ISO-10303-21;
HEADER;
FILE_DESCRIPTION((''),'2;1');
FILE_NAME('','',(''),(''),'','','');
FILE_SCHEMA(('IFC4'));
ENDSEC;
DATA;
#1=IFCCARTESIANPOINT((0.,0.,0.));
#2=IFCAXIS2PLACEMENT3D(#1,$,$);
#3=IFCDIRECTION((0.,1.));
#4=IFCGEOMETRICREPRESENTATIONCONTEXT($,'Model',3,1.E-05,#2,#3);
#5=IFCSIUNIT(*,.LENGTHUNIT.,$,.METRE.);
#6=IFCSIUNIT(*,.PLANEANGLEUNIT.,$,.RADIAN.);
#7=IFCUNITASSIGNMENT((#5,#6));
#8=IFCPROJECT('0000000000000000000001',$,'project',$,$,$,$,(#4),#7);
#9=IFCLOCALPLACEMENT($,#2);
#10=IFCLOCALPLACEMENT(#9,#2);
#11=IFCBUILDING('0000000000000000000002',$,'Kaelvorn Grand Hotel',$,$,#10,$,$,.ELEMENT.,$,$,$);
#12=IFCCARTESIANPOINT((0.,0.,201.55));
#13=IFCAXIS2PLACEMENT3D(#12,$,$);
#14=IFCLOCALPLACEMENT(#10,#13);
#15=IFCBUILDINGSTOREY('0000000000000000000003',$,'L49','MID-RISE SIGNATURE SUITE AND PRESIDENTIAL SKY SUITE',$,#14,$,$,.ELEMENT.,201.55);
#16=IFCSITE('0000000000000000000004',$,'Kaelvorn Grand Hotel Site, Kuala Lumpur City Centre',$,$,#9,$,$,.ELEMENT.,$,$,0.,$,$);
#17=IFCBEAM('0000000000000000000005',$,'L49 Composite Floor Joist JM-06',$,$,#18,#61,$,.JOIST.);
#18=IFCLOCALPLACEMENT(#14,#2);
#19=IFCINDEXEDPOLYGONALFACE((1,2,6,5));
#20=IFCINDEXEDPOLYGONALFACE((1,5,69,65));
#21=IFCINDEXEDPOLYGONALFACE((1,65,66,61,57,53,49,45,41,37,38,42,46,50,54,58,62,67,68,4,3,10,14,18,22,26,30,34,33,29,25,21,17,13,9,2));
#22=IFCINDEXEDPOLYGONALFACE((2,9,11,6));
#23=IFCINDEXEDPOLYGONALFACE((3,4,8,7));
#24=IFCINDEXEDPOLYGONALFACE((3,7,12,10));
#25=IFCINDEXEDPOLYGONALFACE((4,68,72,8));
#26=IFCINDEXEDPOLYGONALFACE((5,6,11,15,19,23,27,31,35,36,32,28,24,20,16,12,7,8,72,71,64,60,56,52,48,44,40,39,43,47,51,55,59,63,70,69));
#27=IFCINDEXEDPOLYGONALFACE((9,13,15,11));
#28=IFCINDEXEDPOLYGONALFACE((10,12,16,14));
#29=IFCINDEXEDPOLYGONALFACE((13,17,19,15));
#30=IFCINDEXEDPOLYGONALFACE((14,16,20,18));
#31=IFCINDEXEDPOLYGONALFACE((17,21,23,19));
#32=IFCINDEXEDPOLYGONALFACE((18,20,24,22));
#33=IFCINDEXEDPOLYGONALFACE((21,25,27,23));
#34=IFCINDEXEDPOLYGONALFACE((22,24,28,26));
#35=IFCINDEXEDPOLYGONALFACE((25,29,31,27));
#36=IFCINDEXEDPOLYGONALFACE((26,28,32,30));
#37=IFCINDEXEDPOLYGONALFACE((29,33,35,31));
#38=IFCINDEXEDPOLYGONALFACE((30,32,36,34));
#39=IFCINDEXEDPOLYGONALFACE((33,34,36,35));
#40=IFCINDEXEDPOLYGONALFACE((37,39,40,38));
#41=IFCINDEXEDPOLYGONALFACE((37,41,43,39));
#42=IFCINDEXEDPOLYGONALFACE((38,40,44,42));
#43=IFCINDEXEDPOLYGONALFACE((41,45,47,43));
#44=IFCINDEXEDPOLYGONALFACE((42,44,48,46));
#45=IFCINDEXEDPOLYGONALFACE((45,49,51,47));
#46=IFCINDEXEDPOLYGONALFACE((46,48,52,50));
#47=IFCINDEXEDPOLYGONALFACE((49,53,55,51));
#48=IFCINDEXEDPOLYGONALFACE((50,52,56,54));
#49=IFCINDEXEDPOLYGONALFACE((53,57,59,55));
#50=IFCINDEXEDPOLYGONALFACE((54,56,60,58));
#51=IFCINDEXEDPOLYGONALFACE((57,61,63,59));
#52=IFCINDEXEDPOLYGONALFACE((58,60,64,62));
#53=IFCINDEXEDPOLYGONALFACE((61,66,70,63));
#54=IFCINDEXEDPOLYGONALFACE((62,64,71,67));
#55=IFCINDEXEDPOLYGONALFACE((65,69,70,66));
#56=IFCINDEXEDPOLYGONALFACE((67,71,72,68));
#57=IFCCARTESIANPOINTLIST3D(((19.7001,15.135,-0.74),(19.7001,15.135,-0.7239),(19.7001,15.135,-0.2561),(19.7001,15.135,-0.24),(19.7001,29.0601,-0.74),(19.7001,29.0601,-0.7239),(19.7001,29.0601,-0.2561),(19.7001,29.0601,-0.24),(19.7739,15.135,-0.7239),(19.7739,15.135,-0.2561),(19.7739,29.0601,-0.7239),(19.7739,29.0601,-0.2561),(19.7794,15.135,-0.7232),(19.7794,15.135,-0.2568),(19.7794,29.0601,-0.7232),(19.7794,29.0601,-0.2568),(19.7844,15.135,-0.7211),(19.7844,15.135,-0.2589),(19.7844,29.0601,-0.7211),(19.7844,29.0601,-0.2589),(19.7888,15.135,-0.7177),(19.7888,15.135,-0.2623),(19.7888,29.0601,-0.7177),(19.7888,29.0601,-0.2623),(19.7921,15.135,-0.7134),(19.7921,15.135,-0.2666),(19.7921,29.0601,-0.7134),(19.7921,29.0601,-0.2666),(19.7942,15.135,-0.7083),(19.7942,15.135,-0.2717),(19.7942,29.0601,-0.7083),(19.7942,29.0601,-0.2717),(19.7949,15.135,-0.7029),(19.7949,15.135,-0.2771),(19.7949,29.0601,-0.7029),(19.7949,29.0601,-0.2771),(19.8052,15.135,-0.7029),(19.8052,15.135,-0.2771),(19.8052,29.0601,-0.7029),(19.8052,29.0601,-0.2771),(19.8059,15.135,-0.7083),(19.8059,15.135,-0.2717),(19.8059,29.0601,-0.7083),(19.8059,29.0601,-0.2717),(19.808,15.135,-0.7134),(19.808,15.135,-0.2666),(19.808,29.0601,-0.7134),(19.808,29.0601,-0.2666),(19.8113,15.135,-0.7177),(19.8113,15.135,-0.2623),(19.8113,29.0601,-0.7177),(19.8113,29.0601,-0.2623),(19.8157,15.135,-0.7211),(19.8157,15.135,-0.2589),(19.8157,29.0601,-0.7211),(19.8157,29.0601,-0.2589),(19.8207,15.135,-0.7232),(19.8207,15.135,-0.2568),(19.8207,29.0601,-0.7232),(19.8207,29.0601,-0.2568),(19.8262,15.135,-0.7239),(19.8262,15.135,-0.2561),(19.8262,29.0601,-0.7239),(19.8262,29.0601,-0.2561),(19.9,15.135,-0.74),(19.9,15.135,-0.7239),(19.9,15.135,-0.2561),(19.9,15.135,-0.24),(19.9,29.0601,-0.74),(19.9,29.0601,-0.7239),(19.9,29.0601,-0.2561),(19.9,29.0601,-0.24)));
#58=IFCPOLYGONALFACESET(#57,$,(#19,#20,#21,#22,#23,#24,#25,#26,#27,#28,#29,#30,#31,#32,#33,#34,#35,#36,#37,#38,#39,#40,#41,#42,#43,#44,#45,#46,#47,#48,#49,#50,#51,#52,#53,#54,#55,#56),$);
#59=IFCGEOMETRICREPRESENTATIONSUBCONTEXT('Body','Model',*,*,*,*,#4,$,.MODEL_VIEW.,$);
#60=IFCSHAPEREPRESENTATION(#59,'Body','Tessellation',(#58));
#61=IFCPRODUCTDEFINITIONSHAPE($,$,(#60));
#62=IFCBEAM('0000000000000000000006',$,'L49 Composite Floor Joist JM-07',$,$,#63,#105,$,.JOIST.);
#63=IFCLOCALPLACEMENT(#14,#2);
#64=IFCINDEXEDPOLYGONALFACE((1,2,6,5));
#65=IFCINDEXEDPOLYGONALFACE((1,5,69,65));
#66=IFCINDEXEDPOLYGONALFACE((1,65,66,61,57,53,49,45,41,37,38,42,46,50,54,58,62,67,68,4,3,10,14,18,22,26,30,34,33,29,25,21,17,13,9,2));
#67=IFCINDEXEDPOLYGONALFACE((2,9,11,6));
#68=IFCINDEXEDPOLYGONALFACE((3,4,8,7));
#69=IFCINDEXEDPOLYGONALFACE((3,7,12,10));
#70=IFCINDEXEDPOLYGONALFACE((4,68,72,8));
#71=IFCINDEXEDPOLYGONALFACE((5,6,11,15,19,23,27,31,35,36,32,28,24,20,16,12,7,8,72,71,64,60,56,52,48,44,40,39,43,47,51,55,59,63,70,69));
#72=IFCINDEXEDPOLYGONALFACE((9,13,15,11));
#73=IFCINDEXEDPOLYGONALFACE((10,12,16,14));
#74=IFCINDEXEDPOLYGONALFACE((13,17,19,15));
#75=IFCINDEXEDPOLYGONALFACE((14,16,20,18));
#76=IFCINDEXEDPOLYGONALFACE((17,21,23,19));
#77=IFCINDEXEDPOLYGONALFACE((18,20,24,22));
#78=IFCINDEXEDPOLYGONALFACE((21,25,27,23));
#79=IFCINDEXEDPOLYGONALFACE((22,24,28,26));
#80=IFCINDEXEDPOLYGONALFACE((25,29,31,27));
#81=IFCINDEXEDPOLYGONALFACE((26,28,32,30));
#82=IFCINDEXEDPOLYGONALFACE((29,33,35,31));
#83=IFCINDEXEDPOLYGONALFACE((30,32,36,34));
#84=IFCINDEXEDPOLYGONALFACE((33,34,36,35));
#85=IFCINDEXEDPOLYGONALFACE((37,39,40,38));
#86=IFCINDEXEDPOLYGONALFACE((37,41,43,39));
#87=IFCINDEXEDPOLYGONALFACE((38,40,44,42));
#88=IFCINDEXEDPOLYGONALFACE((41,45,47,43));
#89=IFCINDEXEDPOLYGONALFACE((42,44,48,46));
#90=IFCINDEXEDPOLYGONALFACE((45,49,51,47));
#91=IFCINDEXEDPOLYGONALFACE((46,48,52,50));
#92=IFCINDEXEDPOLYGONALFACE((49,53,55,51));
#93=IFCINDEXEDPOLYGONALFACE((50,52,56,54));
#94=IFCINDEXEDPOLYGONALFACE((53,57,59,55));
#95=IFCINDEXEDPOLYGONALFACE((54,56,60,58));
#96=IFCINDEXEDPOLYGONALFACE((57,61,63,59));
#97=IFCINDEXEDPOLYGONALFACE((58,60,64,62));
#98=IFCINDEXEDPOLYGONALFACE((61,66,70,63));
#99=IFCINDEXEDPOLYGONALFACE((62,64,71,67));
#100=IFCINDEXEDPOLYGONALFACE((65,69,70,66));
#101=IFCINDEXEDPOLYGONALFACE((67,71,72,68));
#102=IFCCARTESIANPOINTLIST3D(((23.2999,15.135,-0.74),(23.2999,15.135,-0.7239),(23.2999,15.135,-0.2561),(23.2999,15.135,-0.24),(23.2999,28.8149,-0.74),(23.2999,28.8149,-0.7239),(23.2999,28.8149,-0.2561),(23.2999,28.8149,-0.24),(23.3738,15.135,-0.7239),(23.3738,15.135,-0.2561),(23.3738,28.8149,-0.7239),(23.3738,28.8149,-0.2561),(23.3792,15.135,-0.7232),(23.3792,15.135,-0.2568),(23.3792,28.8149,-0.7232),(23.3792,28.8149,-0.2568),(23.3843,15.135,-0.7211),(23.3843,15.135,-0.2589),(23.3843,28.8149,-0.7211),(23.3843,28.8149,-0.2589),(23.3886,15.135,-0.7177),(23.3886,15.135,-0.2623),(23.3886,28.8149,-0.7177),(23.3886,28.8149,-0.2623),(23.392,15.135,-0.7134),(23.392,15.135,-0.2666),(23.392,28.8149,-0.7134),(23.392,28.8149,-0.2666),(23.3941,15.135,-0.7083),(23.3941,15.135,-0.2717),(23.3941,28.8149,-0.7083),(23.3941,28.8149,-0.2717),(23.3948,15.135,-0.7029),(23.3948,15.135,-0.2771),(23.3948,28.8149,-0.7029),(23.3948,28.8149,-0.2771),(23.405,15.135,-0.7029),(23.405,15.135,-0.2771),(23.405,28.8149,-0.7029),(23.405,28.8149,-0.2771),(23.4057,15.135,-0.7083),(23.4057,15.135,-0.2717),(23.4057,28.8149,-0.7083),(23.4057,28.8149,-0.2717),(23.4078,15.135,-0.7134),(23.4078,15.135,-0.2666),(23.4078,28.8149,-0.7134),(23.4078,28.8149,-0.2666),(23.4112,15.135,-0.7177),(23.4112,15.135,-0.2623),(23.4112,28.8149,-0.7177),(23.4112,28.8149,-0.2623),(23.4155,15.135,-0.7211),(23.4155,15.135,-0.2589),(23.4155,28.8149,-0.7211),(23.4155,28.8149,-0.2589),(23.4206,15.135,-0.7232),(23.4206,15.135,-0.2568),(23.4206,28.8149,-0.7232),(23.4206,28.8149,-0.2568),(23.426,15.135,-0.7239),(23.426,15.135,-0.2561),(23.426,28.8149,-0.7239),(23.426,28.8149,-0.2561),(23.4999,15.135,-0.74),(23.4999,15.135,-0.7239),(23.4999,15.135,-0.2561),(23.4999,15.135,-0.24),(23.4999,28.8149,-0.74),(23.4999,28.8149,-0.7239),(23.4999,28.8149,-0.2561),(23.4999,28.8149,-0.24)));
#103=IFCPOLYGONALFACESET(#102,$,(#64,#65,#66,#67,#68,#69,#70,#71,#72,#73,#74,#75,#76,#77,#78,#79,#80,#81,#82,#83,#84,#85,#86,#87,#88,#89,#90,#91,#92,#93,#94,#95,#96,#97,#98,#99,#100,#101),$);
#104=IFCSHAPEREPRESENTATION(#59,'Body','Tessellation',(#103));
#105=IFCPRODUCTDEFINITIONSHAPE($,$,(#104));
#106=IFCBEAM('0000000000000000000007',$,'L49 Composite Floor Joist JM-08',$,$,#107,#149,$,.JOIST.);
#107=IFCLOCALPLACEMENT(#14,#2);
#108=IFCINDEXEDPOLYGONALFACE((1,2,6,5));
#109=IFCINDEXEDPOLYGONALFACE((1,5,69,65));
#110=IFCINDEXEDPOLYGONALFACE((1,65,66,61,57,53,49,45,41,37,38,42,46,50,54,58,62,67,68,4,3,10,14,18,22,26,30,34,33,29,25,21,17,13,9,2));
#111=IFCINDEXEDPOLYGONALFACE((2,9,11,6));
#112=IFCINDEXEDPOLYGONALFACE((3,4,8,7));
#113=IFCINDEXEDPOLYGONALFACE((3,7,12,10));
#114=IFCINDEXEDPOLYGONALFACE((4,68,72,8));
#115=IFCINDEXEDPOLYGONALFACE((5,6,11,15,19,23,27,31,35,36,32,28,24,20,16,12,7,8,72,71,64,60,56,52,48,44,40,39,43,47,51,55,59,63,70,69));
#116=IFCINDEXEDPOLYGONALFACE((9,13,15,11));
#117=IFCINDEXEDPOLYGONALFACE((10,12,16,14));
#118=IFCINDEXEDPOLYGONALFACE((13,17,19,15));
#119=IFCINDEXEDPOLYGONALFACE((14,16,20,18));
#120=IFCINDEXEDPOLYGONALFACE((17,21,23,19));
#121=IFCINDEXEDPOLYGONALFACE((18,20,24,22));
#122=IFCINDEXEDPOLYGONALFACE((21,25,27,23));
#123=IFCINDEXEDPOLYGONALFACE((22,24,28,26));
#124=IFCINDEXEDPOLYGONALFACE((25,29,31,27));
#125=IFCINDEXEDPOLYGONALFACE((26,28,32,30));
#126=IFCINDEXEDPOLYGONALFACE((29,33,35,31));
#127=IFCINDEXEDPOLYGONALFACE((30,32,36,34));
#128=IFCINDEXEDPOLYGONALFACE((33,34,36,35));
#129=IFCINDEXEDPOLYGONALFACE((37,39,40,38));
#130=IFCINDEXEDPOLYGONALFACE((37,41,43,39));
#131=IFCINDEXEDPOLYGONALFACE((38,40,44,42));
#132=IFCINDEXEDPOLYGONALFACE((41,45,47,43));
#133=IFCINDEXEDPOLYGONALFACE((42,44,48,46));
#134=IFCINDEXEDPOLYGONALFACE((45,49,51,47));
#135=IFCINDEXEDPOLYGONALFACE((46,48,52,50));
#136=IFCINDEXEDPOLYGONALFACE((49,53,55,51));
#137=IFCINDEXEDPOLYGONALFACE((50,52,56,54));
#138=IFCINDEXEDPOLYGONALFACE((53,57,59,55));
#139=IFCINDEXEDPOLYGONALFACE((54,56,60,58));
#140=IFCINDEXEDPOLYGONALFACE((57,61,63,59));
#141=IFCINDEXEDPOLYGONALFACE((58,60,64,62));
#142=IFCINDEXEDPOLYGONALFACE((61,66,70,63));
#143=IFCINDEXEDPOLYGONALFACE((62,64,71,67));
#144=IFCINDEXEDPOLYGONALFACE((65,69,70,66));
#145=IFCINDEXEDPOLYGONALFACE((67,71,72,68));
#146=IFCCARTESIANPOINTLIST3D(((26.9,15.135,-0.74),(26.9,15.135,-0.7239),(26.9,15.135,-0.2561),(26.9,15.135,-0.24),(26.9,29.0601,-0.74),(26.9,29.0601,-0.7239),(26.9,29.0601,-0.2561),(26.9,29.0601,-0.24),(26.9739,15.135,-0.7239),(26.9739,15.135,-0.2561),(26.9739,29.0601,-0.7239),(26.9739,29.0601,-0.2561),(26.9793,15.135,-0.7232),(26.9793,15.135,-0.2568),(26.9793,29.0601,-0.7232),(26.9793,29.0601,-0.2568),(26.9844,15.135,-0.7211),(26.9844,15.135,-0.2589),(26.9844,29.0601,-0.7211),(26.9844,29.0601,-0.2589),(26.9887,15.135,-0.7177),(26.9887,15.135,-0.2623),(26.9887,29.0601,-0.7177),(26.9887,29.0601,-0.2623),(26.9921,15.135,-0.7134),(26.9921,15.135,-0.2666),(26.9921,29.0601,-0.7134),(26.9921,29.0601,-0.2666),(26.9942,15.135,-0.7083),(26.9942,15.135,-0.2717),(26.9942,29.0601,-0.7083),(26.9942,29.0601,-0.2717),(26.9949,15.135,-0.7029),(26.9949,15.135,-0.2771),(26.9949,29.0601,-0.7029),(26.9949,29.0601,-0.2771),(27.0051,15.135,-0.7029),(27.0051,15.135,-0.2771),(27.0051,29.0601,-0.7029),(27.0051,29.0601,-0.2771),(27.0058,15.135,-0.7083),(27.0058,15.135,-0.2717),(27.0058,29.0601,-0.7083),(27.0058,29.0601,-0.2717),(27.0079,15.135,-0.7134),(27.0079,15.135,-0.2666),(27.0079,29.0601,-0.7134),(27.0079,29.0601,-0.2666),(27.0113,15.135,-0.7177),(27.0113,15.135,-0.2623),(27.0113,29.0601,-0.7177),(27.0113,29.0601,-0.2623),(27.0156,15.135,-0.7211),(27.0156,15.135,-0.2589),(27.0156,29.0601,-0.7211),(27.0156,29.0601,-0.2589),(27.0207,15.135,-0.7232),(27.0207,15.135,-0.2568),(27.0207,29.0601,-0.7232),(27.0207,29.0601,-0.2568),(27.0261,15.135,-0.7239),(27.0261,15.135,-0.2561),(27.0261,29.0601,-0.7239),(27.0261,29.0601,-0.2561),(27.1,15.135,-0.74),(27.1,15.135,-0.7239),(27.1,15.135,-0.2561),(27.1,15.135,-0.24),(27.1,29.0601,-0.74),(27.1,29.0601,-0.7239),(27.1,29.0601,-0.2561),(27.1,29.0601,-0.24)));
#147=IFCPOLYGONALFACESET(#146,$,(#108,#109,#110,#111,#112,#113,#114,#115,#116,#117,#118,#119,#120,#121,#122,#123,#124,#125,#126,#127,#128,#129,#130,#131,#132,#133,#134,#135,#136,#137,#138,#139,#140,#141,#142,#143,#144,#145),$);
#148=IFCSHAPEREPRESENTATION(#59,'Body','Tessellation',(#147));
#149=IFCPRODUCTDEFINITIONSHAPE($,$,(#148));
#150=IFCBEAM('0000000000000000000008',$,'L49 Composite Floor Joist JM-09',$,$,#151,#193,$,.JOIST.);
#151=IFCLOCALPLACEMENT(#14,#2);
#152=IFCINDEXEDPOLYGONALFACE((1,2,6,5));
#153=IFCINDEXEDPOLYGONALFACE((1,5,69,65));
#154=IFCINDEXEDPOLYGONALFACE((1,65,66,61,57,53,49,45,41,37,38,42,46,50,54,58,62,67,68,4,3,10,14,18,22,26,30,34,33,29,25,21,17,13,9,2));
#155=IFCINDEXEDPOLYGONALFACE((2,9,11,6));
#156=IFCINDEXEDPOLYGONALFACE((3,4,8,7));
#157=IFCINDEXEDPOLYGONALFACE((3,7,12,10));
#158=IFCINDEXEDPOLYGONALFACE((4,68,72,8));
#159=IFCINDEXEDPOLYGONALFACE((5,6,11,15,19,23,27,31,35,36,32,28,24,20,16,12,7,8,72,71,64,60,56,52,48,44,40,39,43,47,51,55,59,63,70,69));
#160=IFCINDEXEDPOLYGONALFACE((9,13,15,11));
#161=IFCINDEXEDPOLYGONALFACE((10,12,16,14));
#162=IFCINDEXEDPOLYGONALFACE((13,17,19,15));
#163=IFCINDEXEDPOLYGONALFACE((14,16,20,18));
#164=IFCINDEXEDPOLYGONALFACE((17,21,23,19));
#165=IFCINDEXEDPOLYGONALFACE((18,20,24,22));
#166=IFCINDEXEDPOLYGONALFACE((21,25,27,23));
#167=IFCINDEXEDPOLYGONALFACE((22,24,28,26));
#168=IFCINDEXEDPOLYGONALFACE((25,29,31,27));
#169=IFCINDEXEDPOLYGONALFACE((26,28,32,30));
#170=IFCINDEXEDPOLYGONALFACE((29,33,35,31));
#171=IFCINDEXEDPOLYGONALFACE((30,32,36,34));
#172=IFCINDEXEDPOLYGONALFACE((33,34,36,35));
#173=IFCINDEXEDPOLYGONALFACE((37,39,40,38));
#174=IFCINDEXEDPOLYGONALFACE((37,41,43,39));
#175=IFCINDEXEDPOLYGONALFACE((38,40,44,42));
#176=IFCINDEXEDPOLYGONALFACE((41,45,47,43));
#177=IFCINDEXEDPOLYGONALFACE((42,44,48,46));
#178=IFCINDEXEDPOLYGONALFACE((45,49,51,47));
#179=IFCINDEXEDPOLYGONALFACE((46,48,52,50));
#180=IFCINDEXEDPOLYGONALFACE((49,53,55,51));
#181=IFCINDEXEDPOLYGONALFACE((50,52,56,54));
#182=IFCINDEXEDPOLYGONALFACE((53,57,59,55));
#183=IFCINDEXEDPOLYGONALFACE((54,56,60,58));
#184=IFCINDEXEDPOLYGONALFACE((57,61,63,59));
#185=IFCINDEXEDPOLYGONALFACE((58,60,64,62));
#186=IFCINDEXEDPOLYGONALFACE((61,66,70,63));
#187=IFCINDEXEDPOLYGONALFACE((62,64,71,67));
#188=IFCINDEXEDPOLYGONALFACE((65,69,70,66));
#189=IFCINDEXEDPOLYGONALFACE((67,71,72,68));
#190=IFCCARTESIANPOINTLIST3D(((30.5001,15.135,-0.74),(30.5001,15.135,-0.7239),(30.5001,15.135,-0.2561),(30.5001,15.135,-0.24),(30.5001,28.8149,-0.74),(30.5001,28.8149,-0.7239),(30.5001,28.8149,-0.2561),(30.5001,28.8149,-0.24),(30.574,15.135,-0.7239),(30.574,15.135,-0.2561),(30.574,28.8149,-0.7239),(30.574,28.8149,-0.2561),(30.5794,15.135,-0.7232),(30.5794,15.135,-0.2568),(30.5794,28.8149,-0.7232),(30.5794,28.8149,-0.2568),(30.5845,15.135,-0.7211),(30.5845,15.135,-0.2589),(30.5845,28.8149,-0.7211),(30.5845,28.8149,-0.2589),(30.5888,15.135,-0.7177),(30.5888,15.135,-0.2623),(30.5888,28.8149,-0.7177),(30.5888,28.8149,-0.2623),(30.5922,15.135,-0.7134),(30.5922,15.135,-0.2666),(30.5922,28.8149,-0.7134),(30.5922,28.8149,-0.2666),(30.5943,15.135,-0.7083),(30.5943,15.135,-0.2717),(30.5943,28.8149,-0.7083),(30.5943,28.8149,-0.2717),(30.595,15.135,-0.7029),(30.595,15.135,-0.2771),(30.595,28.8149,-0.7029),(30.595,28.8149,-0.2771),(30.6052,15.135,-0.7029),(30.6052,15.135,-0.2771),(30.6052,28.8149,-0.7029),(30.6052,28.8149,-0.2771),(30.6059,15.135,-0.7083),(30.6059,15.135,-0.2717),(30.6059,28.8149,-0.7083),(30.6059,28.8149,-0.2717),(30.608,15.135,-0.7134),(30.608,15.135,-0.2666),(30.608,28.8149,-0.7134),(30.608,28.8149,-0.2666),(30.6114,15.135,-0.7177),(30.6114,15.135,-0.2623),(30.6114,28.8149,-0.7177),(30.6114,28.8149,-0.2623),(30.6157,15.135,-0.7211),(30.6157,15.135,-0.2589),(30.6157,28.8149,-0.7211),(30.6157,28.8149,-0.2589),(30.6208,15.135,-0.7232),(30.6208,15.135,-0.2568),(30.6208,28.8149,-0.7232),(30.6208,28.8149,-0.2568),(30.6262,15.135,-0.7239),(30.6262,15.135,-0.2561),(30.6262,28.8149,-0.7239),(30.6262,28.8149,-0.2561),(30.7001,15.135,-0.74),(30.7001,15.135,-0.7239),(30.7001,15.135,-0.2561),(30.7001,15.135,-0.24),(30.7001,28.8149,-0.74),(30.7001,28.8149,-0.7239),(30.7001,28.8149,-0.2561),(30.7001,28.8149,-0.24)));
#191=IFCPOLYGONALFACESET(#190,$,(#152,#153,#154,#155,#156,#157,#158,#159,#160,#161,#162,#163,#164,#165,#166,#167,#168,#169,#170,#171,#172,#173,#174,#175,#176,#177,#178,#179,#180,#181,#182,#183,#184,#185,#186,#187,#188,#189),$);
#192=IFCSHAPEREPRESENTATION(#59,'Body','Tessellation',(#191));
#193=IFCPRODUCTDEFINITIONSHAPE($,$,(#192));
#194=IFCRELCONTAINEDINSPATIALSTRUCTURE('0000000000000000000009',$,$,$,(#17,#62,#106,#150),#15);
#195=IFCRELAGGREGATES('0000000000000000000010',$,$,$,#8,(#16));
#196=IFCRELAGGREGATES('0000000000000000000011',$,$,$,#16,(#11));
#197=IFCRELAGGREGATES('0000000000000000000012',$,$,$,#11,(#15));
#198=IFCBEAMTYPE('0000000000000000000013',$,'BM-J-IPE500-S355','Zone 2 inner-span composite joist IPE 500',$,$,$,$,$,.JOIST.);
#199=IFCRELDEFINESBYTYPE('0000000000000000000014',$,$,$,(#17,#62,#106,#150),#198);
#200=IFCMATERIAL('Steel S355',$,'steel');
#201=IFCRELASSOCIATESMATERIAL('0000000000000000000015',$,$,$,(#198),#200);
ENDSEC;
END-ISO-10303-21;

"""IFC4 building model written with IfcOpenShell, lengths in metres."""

from ifc_helpers import new_model, si_unit, direction, frame, origin, origin_2d, place, context, subcontext, project, spatial, i_section, extrude, material, material_profile, profile_set, type_object, element, save


model = new_model("IFC4")

# Units and contexts
model_context = context("Model", 3, precision=1e-05, world=origin(), true_north=direction((0.0, 1.0)))
body_context = subcontext(model_context, "Body", "Model", "MODEL_VIEW")
ifc_project = project(units=[si_unit("LENGTHUNIT", "METRE"), si_unit("PLANEANGLEUNIT", "RADIAN")], contexts=[model_context])

# Site, building, storey
site_placement = place(None, origin())
site = spatial("IfcSite", under=ifc_project, at=site_placement, Name="Kaelvorn Grand Hotel Site, Kuala Lumpur City Centre", CompositionType="ELEMENT", RefElevation=0.0)
building_placement = place(site_placement, origin())
building = spatial("IfcBuilding", under=site, at=building_placement, Name="Kaelvorn Grand Hotel", CompositionType="ELEMENT")
storey_placement = place(building_placement, frame((0.0, 0.0, 201.55)))
storey = spatial("IfcBuildingStorey", under=building, at=storey_placement, Name="L49", Description="MID-RISE SIGNATURE SUITE AND PRESIDENTIAL SKY SUITE", CompositionType="ELEMENT", Elevation=201.55)

# Beams
ifc_material_1 = material(Name="Steel S355", Category="steel")
ifc_material_profile_1 = material_profile(ifc_material_1, i_section(OverallWidth=0.2, OverallDepth=0.5, WebThickness=0.0103, FlangeThickness=0.0161, FilletRadius=0.021, at=origin_2d()), Name="IPE 500")
ifc_profile_set_1 = profile_set([ifc_material_profile_1], Name="Steel S355")
beam_type_1 = type_object("IfcBeamType", Name="BM-J-IPE500-S355", Description="Zone 2 inner-span composite joist IPE 500", PredefinedType="JOIST", material=ifc_profile_set_1)
beam_1_placement = place(storey_placement, frame((19.8, 15.135, -0.49), z_axis=(0.0, 1.0, 0.0), x_axis=(-1.0, 0.0, 0.0)))
element("IfcBeam", 1, at=beam_1_placement, inside=storey, type_object=beam_type_1, Name="L49 Composite Floor Joist JM-06", PredefinedType="JOIST", context=body_context, shape_type="SweptSolid", body=[
    extrude(i_section(OverallWidth=0.2, OverallDepth=0.5, WebThickness=0.0103, FlangeThickness=0.0161, FilletRadius=0.021, at=origin_2d()), origin(), (0.0, 0.0, 1.0), 13.925),
])
beam_2_placement = place(storey_placement, frame((23.3999, 15.135, -0.49), z_axis=(0.0, 1.0, 0.0), x_axis=(-1.0, 0.0, 0.0)))
element("IfcBeam", 2, at=beam_2_placement, inside=storey, type_object=beam_type_1, Name="L49 Composite Floor Joist JM-07", PredefinedType="JOIST", context=body_context, shape_type="SweptSolid", body=[
    extrude(i_section(OverallWidth=0.2, OverallDepth=0.5, WebThickness=0.0103, FlangeThickness=0.0161, FilletRadius=0.021, at=origin_2d()), origin(), (0.0, 0.0, 1.0), 13.6799),
])
beam_3_placement = place(storey_placement, frame((27.0, 15.135, -0.49), z_axis=(0.0, 1.0, 0.0), x_axis=(-1.0, 0.0, 0.0)))
element("IfcBeam", 3, at=beam_3_placement, inside=storey, type_object=beam_type_1, Name="L49 Composite Floor Joist JM-08", PredefinedType="JOIST", context=body_context, shape_type="SweptSolid", body=[
    extrude(i_section(OverallWidth=0.2, OverallDepth=0.5, WebThickness=0.0103, FlangeThickness=0.0161, FilletRadius=0.021, at=origin_2d()), origin(), (0.0, 0.0, 1.0), 13.925),
])
beam_4_placement = place(storey_placement, frame((30.6001, 15.135, -0.49), z_axis=(0.0, 1.0, 0.0), x_axis=(-1.0, 0.0, 0.0)))
element("IfcBeam", 4, at=beam_4_placement, inside=storey, type_object=beam_type_1, Name="L49 Composite Floor Joist JM-09", PredefinedType="JOIST", context=body_context, shape_type="SweptSolid", body=[
    extrude(i_section(OverallWidth=0.2, OverallDepth=0.5, WebThickness=0.0103, FlangeThickness=0.0161, FilletRadius=0.021, at=origin_2d()), origin(), (0.0, 0.0, 1.0), 13.6799),
])

save(model, "model.ifc")
